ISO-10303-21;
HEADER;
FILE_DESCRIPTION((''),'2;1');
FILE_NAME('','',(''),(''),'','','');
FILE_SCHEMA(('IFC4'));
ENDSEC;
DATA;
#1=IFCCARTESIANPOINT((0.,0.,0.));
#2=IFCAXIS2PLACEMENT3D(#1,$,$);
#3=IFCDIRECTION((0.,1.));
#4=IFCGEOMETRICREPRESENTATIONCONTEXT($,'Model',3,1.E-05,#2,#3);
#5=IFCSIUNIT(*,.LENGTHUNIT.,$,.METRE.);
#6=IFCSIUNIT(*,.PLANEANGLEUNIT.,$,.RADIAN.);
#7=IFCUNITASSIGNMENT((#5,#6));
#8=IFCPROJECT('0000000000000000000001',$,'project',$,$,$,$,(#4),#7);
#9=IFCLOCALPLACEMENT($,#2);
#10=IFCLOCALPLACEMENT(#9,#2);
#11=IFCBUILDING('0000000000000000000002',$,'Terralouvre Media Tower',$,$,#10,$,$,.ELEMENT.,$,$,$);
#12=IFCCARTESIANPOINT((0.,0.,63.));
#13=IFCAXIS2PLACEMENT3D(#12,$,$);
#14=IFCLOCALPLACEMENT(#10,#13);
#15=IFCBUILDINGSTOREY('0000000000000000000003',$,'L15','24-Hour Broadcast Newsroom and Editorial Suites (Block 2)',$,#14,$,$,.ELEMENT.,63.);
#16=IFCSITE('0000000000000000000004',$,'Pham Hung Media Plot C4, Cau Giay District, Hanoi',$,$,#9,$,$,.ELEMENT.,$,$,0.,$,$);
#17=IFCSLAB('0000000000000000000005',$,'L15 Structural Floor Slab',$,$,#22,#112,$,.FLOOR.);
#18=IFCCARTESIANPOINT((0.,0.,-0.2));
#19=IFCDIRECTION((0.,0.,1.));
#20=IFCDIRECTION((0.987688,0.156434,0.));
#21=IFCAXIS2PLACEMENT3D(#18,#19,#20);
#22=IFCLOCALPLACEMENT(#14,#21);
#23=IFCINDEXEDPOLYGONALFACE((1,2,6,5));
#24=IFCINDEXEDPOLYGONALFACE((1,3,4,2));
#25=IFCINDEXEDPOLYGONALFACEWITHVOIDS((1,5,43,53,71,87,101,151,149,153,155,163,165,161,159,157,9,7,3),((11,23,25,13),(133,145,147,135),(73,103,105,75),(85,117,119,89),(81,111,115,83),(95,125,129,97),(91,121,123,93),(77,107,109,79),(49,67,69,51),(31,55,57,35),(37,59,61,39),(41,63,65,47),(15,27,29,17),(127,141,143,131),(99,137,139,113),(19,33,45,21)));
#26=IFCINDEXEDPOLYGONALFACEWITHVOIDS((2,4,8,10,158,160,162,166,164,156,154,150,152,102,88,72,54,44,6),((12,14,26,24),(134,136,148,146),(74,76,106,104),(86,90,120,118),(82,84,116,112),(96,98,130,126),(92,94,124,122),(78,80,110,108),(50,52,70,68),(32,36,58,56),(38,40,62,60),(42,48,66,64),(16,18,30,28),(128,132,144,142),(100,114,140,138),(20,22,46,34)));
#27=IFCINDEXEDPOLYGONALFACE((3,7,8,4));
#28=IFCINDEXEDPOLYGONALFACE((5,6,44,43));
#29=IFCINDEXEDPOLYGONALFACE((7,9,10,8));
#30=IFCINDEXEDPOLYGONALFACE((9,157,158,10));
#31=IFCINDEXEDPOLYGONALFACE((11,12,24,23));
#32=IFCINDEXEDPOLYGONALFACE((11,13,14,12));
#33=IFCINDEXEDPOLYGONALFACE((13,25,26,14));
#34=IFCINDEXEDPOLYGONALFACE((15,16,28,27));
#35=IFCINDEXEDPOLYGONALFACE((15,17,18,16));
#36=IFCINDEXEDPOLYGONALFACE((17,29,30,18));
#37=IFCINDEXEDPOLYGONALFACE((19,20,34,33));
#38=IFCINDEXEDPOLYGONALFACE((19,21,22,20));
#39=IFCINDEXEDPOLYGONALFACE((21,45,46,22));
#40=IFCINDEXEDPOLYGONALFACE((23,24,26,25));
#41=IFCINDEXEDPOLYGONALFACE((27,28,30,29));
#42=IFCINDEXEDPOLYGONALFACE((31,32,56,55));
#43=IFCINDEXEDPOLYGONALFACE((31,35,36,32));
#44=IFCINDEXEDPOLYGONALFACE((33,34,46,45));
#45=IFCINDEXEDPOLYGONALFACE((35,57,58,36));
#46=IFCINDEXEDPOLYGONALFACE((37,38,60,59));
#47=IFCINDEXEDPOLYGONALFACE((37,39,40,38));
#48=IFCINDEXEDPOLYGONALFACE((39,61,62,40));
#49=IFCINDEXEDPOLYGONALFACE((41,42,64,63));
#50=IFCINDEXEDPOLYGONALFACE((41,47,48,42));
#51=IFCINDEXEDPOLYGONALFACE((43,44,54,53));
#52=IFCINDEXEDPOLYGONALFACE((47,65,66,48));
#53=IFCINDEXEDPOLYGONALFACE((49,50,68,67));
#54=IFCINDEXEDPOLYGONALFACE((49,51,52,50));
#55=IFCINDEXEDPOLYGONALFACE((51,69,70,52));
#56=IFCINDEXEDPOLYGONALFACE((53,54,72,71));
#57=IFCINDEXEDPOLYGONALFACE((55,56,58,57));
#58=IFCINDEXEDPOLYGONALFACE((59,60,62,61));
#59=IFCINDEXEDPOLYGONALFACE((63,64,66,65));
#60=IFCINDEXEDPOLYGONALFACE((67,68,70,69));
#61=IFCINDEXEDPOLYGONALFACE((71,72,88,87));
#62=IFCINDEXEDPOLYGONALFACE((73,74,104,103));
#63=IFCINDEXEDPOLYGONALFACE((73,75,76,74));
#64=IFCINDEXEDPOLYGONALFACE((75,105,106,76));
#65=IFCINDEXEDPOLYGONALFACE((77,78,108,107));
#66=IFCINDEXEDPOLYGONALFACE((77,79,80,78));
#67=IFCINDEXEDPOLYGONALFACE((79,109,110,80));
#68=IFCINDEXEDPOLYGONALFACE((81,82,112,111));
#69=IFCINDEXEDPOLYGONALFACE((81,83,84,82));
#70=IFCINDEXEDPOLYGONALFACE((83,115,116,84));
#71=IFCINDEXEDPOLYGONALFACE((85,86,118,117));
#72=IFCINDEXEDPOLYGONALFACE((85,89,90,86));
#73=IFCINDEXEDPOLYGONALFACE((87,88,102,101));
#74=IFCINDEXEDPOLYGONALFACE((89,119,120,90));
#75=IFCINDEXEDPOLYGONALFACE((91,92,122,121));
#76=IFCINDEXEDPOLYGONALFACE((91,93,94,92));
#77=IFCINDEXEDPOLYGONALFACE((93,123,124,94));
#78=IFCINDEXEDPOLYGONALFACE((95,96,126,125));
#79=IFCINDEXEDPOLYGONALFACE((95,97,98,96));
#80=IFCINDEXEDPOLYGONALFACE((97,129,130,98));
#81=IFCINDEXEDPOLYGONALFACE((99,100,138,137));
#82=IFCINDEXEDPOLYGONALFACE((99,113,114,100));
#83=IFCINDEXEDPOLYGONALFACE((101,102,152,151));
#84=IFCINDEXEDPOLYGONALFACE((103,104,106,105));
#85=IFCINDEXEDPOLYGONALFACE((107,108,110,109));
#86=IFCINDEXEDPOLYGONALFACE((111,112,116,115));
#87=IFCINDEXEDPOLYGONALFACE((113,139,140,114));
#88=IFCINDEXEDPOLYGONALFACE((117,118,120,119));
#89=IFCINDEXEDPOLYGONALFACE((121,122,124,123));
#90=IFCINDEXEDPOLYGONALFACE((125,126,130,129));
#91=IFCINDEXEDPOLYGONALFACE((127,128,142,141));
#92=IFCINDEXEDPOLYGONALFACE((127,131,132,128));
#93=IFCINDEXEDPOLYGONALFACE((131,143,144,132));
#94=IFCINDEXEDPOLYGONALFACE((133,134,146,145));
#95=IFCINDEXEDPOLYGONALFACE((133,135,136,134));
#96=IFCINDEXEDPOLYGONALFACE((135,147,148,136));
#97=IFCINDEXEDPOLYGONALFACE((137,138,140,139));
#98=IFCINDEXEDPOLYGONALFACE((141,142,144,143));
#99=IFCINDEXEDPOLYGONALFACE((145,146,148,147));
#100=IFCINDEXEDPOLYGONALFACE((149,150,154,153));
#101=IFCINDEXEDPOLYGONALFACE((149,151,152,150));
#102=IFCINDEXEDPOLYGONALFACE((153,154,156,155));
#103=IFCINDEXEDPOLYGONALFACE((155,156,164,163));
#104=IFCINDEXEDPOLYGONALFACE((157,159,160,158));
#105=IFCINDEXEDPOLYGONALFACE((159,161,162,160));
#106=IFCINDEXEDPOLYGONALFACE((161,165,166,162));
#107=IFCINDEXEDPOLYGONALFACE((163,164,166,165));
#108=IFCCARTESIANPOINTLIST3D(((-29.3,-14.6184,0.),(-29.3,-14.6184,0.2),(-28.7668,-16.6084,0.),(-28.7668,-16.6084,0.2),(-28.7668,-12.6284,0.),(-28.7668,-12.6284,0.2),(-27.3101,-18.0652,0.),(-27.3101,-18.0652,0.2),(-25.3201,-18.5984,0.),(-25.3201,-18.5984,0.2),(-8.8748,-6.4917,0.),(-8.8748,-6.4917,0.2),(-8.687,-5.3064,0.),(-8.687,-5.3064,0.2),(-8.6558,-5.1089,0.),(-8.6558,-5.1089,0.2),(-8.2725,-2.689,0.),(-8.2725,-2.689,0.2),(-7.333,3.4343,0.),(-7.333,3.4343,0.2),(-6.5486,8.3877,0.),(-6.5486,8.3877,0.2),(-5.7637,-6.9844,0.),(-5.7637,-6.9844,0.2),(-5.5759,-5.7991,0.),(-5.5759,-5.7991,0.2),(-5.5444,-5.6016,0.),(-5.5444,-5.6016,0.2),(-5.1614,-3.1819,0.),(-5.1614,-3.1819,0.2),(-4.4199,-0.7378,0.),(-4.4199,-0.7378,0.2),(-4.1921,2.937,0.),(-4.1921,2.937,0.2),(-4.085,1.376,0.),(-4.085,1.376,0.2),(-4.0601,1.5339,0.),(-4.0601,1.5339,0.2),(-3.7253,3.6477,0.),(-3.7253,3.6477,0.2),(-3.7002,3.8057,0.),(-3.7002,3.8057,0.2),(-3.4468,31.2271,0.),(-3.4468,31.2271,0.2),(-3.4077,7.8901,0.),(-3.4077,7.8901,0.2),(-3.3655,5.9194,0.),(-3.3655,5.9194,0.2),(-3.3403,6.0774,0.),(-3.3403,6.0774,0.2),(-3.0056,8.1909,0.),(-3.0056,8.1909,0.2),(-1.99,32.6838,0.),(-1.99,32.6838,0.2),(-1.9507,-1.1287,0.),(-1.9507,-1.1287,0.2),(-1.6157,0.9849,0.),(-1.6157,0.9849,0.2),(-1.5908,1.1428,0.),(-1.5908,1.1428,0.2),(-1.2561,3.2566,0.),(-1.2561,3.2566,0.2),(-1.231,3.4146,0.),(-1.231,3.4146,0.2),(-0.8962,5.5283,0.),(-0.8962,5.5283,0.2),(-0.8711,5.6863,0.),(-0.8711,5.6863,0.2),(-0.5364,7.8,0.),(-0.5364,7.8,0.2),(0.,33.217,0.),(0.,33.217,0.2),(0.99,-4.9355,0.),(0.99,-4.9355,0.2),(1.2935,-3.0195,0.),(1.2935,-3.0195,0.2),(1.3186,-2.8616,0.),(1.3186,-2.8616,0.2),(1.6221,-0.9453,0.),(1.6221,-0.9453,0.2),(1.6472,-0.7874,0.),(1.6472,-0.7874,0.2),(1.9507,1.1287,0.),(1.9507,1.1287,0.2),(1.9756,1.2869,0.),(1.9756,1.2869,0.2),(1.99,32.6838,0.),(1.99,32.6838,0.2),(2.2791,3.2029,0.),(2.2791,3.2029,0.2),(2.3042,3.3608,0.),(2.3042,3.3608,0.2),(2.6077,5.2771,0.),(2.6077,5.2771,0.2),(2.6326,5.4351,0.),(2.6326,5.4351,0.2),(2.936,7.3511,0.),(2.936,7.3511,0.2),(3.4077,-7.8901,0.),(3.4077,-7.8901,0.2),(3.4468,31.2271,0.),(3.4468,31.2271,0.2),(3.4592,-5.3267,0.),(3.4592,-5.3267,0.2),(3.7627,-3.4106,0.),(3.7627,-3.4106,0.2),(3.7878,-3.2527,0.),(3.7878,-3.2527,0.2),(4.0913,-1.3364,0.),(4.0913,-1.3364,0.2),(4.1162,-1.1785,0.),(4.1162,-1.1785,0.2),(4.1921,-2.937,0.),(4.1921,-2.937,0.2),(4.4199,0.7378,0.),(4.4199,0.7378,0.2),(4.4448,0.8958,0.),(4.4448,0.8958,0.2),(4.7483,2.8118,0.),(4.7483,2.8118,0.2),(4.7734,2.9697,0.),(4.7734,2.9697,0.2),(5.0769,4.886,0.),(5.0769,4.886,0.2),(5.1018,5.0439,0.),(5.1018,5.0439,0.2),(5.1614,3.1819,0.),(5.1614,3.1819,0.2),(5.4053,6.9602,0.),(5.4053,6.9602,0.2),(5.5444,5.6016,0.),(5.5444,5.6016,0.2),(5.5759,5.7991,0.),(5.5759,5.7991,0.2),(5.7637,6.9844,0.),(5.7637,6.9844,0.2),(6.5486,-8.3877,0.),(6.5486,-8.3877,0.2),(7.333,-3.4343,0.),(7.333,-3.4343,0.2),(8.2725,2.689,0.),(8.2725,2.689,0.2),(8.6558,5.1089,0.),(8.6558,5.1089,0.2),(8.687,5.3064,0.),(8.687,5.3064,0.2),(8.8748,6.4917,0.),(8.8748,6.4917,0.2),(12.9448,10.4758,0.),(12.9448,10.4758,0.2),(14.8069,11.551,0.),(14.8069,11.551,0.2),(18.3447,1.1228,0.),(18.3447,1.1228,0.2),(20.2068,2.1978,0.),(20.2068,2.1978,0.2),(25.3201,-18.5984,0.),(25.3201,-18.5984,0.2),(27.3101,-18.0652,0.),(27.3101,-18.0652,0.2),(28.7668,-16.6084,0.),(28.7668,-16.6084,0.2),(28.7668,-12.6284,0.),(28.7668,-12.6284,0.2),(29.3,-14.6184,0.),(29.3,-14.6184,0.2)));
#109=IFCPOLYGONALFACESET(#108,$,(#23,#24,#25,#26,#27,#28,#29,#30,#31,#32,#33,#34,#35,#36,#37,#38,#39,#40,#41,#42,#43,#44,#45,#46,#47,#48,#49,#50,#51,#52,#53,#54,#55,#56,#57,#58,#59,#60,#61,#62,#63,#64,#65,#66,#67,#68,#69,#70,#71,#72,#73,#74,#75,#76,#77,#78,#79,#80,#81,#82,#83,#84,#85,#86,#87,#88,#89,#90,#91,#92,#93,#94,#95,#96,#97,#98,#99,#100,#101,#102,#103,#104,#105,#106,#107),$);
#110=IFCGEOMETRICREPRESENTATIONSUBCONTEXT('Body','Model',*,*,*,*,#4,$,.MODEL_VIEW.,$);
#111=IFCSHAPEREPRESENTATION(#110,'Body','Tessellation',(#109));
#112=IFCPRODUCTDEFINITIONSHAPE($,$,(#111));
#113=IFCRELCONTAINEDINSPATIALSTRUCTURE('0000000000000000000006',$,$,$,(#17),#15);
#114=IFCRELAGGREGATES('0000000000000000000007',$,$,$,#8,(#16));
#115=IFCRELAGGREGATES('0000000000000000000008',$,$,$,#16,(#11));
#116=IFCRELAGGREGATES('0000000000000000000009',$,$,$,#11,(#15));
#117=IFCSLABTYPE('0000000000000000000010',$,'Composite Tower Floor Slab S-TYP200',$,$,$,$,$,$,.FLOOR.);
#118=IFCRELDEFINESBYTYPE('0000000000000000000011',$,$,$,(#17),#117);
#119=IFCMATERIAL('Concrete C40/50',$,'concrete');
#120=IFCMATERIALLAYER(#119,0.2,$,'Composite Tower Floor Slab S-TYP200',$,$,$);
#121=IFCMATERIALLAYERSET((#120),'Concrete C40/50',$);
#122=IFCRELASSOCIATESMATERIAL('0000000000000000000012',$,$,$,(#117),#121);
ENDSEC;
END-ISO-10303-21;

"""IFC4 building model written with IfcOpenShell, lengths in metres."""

from ifc_helpers import new_model, si_unit, direction, frame, origin, place, context, subcontext, project, spatial, polyline, outline, extrude, material, layer, layer_set, type_object, element, save


model = new_model("IFC4")

# Units and contexts
model_context = context("Model", 3, precision=1e-05, world=origin(), true_north=direction((0.0, 1.0)))
body_context = subcontext(model_context, "Body", "Model", "MODEL_VIEW")
ifc_project = project(units=[si_unit("LENGTHUNIT", "METRE"), si_unit("PLANEANGLEUNIT", "RADIAN")], contexts=[model_context])

# Site, building, storey
site_placement = place(None, origin())
site = spatial("IfcSite", under=ifc_project, at=site_placement, Name="Pham Hung Media Plot C4, Cau Giay District, Hanoi", CompositionType="ELEMENT", RefElevation=0.0)
building_placement = place(site_placement, origin())
building = spatial("IfcBuilding", under=site, at=building_placement, Name="Terralouvre Media Tower", CompositionType="ELEMENT")
storey_placement = place(building_placement, frame((0.0, 0.0, 63.0)))
storey = spatial("IfcBuildingStorey", under=building, at=storey_placement, Name="L15", Description="24-Hour Broadcast Newsroom and Editorial Suites (Block 2)", CompositionType="ELEMENT", Elevation=63.0)

# Slab
ifc_material_1 = material(Name="Concrete C40/50", Category="concrete")
ifc_layer_1 = layer(ifc_material_1, 0.2, Name="Composite Tower Floor Slab S-TYP200")
ifc_layer_set_1 = layer_set([ifc_layer_1], Name="Concrete C40/50")
slab_type = type_object("IfcSlabType", Name="Composite Tower Floor Slab S-TYP200", PredefinedType="FLOOR", material=ifc_layer_set_1)
slab_placement = place(storey_placement, frame((0.0, 0.0, -0.2), z_axis=(0.0, 0.0, 1.0), x_axis=(0.987688, 0.156434, 0.0)))
element("IfcSlab", 1, at=slab_placement, inside=storey, type_object=slab_type, Name="L15 Structural Floor Slab", PredefinedType="FLOOR", context=body_context, shape_type="SweptSolid", body=[
    extrude(outline(polyline([(28.7668, -12.6284), (20.2068, 2.1978), (18.3447, 1.1228), (12.9448, 10.4758), (14.8069, 11.551), (3.4468, 31.2271), (1.99, 32.6838), (0.0, 33.217), (-1.99, 32.6838), (-3.4468, 31.2271), (-28.7668, -12.6284), (-29.3, -14.6184), (-28.7668, -16.6084), (-27.3101, -18.0652), (-25.3201, -18.5984), (25.3201, -18.5984), (27.3101, -18.0652), (28.7668, -16.6084), (29.3, -14.6184), (28.7668, -12.6284)]), holes=[polyline([(-5.7637, -6.9844), (-8.8748, -6.4917), (-8.687, -5.3064), (-5.5759, -5.7991), (-5.7637, -6.9844)]), polyline([(-5.5444, -5.6016), (-8.6558, -5.1089), (-8.2725, -2.689), (-5.1614, -3.1819), (-5.5444, -5.6016)]), polyline([(-1.9507, -1.1287), (-4.4199, -0.7378), (-4.085, 1.376), (-1.6157, 0.9849), (-1.9507, -1.1287)]), polyline([(-1.5908, 1.1428), (-4.0601, 1.5339), (-3.7253, 3.6477), (-1.2561, 3.2566), (-1.5908, 1.1428)]), polyline([(4.4448, 0.8958), (1.9756, 1.2869), (2.2791, 3.2029), (4.7483, 2.8118), (4.4448, 0.8958)]), polyline([(-1.231, 3.4146), (-3.7002, 3.8057), (-3.3655, 5.9194), (-0.8962, 5.5283), (-1.231, 3.4146)]), polyline([(-4.1921, 2.937), (-7.333, 3.4343), (-6.5486, 8.3877), (-3.4077, 7.8901), (-4.1921, 2.937)]), polyline([(-0.8711, 5.6863), (-3.3403, 6.0774), (-3.0056, 8.1909), (-0.5364, 7.8), (-0.8711, 5.6863)]), polyline([(4.1921, -2.937), (7.333, -3.4343), (6.5486, -8.3877), (3.4077, -7.8901), (4.1921, -2.937)]), polyline([(3.4592, -5.3267), (0.99, -4.9355), (1.2935, -3.0195), (3.7627, -3.4106), (3.4592, -5.3267)]), polyline([(3.7878, -3.2527), (1.3186, -2.8616), (1.6221, -0.9453), (4.0913, -1.3364), (3.7878, -3.2527)]), polyline([(4.1162, -1.1785), (1.6472, -0.7874), (1.9507, 1.1287), (4.4199, 0.7378), (4.1162, -1.1785)]), polyline([(4.7734, 2.9697), (2.3042, 3.3608), (2.6077, 5.2771), (5.0769, 4.886), (4.7734, 2.9697)]), polyline([(8.2725, 2.689), (5.1614, 3.1819), (5.5444, 5.6016), (8.6558, 5.1089), (8.2725, 2.689)]), polyline([(5.1018, 5.0439), (2.6326, 5.4351), (2.936, 7.3511), (5.4053, 6.9602), (5.1018, 5.0439)]), polyline([(8.687, 5.3064), (5.5759, 5.7991), (5.7637, 6.9844), (8.8748, 6.4917), (8.687, 5.3064)])]), origin(), (0.0, 0.0, 1.0), 0.2),
])

save(model, "model.ifc")
